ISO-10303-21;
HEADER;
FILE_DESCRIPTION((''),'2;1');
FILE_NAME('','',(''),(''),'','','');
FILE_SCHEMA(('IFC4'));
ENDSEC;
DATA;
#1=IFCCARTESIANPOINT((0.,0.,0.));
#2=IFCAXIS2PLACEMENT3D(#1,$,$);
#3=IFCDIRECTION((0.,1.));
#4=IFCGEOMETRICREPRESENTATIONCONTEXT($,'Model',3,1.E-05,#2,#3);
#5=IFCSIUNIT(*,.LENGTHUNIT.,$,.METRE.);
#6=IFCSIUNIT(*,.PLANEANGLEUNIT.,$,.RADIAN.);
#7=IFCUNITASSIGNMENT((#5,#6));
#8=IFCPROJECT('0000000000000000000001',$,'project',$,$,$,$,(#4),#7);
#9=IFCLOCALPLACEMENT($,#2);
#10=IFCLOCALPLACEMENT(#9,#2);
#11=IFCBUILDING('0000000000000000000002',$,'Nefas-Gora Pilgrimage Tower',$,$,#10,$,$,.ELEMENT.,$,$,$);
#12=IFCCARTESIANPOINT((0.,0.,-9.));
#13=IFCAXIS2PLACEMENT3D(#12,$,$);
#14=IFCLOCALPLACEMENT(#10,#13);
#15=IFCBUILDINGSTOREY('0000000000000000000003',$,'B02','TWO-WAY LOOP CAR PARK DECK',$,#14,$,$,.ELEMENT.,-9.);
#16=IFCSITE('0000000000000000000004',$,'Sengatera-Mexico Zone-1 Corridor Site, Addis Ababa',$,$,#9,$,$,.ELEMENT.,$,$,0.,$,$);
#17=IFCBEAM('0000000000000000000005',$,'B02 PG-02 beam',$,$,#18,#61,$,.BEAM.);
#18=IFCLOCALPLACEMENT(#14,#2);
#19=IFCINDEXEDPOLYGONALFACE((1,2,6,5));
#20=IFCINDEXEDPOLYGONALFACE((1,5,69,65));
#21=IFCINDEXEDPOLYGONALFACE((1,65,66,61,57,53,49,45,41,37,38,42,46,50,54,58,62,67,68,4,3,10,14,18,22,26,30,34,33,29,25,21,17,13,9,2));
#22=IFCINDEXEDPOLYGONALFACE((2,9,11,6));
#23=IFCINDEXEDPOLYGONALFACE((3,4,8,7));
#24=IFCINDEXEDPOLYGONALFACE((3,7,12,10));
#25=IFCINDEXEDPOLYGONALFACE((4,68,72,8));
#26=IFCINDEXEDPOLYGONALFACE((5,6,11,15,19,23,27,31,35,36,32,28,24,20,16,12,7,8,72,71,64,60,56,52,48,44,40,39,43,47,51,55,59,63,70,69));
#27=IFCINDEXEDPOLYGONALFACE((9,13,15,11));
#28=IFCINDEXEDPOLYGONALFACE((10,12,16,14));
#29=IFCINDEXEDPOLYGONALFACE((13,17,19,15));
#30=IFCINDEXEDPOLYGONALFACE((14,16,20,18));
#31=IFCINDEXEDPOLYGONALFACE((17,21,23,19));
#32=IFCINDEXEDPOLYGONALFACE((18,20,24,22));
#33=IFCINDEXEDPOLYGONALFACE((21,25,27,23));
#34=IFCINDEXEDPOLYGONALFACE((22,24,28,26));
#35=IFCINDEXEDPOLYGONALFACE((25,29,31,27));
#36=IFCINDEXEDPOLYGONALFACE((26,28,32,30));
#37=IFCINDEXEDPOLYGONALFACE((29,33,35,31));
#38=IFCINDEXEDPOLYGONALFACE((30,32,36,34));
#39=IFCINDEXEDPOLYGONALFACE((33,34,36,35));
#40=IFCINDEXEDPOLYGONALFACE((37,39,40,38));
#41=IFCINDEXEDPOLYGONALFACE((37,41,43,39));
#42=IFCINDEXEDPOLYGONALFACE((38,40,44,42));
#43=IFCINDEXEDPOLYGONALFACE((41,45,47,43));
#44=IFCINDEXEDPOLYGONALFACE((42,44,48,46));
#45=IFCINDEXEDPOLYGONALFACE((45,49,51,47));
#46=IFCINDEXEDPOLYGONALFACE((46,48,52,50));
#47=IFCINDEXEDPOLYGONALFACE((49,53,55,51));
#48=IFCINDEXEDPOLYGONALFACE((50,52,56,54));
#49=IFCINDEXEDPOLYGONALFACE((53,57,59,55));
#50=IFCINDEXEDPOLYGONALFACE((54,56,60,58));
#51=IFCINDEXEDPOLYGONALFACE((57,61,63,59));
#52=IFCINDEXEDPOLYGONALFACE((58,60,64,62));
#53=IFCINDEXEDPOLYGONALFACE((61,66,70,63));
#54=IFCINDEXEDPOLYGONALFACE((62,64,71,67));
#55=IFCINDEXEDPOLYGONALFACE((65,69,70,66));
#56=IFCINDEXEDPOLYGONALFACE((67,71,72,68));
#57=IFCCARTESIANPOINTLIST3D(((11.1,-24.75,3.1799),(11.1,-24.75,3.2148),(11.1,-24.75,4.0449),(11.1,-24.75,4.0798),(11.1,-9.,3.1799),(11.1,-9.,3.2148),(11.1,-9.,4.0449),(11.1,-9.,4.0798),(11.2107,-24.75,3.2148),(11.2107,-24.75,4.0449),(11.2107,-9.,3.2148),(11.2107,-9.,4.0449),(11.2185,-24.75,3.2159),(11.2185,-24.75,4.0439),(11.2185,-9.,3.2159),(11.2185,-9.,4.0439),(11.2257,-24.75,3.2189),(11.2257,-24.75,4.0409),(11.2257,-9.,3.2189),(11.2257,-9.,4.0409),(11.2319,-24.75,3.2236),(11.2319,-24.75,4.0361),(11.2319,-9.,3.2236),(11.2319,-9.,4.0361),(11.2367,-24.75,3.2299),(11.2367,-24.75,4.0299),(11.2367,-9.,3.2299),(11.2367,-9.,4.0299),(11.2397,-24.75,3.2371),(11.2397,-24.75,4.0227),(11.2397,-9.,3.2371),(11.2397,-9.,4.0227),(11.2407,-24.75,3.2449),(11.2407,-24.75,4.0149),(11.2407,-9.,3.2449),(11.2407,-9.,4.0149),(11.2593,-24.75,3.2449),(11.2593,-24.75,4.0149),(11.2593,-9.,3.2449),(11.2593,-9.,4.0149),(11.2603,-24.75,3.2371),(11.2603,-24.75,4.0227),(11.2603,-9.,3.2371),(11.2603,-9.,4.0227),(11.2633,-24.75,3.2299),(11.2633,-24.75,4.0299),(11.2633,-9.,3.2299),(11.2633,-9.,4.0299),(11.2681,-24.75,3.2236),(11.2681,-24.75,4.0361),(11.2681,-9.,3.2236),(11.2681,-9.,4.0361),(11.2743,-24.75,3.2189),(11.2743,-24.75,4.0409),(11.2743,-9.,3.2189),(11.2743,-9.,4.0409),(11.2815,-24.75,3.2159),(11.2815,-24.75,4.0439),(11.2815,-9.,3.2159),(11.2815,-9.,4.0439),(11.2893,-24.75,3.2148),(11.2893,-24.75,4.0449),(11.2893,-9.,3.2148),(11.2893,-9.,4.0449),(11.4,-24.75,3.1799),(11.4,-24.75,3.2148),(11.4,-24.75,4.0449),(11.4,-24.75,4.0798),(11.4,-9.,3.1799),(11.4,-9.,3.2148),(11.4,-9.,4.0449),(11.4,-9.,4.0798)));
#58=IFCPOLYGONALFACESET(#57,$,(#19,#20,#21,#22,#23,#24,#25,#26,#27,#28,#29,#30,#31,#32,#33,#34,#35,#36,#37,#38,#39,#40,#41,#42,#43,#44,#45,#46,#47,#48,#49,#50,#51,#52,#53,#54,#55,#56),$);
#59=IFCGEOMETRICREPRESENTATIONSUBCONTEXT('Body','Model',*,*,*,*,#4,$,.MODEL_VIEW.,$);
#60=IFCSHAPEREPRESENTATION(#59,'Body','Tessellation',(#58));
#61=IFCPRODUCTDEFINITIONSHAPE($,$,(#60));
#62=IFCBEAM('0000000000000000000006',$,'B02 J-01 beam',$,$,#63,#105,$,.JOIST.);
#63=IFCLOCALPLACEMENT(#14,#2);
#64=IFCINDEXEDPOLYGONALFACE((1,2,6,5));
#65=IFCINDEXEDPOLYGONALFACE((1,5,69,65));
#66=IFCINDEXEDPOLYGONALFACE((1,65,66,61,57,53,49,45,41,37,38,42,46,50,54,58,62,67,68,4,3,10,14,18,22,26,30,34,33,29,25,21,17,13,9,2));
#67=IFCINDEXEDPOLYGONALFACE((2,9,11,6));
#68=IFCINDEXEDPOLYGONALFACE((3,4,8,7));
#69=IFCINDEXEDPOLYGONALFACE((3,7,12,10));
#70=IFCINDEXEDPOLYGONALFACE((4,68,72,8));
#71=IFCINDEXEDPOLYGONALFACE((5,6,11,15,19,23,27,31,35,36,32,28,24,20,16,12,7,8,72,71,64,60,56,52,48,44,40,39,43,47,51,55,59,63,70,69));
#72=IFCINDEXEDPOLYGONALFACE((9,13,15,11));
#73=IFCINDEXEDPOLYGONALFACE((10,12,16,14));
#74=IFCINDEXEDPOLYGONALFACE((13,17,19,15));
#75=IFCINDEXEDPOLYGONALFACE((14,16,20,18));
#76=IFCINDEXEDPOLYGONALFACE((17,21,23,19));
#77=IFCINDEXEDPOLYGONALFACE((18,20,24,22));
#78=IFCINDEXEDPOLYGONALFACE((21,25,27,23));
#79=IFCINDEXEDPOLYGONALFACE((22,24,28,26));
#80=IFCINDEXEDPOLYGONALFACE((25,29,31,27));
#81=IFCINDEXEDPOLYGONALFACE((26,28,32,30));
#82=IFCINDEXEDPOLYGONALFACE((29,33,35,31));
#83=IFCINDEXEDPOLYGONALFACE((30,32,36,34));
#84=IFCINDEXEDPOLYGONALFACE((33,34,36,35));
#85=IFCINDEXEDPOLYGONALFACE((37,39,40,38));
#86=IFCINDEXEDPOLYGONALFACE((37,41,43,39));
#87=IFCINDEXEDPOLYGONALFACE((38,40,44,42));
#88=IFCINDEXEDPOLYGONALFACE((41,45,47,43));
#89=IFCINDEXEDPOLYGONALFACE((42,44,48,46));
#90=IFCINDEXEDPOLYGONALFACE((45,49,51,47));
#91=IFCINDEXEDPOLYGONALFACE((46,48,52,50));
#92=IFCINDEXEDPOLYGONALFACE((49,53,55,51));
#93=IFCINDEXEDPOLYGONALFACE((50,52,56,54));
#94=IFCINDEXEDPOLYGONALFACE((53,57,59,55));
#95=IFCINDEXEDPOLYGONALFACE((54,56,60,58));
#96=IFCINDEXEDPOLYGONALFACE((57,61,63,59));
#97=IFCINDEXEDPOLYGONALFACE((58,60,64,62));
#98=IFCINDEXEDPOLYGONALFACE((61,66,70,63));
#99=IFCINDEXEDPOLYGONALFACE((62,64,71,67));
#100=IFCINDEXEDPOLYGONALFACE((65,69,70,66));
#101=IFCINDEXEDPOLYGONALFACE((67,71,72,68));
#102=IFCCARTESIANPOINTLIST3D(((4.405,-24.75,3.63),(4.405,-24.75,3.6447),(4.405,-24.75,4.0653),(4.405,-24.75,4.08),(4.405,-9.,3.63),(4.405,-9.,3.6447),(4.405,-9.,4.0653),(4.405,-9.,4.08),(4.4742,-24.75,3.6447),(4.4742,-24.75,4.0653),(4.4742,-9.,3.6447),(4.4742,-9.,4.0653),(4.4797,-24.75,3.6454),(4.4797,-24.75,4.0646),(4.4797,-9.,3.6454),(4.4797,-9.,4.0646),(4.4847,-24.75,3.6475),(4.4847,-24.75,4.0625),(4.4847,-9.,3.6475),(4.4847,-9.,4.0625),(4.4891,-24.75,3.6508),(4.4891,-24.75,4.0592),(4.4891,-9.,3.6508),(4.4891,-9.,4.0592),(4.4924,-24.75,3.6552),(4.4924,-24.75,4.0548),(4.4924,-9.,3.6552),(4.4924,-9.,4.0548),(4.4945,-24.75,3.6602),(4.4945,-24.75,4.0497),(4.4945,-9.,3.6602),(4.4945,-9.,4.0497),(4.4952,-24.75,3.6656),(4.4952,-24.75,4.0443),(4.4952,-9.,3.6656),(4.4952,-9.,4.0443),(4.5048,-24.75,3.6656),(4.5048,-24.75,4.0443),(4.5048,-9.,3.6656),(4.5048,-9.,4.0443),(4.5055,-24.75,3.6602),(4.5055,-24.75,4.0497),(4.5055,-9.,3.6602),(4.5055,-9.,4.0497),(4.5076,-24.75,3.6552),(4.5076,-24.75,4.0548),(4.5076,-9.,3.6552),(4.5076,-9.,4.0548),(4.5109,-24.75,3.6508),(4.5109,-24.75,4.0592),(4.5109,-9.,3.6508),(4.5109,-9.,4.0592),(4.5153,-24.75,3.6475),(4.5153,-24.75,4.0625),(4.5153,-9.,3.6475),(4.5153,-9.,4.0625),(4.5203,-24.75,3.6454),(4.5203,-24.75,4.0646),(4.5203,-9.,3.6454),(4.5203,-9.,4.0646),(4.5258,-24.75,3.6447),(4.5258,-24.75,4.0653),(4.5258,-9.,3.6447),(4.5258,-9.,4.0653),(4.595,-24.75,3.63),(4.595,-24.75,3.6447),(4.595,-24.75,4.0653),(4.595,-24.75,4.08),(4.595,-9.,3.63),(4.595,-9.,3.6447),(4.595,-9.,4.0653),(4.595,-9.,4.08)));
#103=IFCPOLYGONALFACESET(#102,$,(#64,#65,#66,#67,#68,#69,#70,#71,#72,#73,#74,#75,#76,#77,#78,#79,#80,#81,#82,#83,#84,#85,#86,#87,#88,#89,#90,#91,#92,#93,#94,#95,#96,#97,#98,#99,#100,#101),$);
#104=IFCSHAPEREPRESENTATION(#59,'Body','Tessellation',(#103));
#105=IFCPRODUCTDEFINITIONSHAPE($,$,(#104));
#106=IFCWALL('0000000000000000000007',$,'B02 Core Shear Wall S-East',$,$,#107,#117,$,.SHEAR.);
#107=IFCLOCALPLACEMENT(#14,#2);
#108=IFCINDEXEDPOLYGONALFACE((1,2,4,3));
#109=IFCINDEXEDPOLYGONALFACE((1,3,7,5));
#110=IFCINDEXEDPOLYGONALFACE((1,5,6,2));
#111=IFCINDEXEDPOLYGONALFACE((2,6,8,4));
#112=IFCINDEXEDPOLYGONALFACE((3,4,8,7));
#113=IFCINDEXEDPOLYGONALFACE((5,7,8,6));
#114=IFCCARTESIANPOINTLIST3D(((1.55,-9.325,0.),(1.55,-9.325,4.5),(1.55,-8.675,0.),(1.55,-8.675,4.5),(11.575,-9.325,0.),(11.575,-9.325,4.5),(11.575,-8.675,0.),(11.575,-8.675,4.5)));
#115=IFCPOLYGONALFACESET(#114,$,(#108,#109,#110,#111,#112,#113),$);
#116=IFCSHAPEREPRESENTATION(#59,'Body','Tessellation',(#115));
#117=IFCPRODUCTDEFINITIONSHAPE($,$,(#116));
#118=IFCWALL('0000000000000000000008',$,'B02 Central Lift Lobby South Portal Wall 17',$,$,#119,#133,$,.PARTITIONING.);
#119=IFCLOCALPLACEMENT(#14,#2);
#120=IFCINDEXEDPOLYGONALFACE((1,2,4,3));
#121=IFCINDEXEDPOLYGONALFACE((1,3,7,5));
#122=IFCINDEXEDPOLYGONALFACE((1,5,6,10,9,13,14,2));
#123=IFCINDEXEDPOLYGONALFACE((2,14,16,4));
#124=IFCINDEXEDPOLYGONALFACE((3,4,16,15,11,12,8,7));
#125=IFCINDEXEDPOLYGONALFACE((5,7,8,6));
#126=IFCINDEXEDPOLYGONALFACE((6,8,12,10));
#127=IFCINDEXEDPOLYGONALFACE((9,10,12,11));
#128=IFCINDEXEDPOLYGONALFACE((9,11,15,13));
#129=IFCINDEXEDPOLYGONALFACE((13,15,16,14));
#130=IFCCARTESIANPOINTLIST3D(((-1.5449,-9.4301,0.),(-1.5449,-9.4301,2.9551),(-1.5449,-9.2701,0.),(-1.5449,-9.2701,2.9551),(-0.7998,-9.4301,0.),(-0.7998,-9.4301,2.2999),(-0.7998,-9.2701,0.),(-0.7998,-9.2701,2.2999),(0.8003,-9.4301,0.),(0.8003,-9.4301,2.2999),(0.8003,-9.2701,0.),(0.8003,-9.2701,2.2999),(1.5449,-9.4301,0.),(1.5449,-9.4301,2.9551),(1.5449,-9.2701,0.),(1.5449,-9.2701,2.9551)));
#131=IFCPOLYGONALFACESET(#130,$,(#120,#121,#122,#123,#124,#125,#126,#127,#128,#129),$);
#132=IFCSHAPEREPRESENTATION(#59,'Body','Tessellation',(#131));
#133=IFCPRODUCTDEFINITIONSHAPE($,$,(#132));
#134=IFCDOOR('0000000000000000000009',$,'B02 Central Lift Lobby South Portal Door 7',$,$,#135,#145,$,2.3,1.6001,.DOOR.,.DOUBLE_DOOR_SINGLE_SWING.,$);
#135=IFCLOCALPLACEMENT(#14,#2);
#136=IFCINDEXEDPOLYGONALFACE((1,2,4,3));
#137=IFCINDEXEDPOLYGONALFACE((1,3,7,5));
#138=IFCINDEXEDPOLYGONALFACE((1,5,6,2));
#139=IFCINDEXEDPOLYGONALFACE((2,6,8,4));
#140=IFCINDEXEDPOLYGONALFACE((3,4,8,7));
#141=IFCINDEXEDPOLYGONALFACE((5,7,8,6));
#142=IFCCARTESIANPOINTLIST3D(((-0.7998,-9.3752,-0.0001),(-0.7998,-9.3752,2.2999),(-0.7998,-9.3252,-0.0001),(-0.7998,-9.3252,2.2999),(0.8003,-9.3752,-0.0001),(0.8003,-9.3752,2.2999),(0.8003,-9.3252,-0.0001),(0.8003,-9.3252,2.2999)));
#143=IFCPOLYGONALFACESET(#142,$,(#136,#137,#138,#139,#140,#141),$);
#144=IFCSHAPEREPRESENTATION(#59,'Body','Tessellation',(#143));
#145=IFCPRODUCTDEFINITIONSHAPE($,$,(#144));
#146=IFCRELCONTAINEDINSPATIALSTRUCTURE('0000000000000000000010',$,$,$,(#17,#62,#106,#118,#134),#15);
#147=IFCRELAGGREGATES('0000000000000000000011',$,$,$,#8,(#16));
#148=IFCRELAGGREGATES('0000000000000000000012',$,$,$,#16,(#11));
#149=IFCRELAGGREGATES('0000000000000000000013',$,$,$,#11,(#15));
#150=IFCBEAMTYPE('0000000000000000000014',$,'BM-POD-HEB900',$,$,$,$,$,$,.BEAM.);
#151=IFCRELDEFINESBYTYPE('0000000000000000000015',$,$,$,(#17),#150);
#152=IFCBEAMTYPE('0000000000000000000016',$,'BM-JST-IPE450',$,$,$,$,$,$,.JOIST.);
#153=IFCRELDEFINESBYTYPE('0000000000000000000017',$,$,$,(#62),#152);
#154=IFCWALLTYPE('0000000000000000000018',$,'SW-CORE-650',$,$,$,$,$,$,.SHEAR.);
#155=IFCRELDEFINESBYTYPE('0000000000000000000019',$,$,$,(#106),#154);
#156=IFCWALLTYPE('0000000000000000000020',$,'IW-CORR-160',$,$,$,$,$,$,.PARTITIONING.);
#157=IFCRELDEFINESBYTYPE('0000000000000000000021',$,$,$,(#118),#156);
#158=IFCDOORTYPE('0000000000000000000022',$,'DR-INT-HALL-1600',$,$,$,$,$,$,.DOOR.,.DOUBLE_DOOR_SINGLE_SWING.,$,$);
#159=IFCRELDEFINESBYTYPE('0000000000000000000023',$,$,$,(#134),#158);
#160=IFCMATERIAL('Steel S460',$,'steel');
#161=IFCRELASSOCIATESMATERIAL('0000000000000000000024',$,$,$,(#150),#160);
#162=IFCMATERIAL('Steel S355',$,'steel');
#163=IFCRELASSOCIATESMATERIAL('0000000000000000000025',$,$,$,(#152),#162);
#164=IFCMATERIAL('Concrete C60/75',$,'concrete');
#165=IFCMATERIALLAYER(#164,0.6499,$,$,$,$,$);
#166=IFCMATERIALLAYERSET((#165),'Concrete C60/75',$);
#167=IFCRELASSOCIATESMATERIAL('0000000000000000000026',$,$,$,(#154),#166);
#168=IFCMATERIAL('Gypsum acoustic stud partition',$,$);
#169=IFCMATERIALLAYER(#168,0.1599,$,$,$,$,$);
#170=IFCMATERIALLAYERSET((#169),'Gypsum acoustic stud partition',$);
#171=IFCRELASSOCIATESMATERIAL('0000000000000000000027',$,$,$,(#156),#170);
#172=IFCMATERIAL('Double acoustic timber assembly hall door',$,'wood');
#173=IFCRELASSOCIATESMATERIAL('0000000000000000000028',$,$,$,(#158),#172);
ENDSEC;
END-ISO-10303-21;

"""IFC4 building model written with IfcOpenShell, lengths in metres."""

from ifc_helpers import new_model, si_unit, direction, frame, frame_2d, origin, origin_2d, place, context, subcontext, project, spatial, rectangle, i_section, extrude, source, transform, mapped, material, layer, layer_set, material_profile, profile_set, type_object, element, fill, save


model = new_model("IFC4")

# Units and contexts
model_context = context("Model", 3, precision=1e-05, world=origin(), true_north=direction((0.0, 1.0)))
body_context = subcontext(model_context, "Body", "Model", "MODEL_VIEW")
ifc_project = project(units=[si_unit("LENGTHUNIT", "METRE"), si_unit("PLANEANGLEUNIT", "RADIAN")], contexts=[model_context])

# Site, building, storey
site_placement = place(None, origin())
site = spatial("IfcSite", under=ifc_project, at=site_placement, Name="Sengatera-Mexico Zone-1 Corridor Site, Addis Ababa", CompositionType="ELEMENT", RefElevation=0.0)
building_placement = place(site_placement, origin())
building = spatial("IfcBuilding", under=site, at=building_placement, Name="Nefas-Gora Pilgrimage Tower", CompositionType="ELEMENT")
storey_placement = place(building_placement, frame((0.0, 0.0, -9.0)))
storey = spatial("IfcBuildingStorey", under=building, at=storey_placement, Name="B02", Description="TWO-WAY LOOP CAR PARK DECK", CompositionType="ELEMENT", Elevation=-9.0)

# Shared definitions
ifc_material_1 = material(Name="Steel S460", Category="steel")
ifc_material_2 = material(Name="Concrete C60/75", Category="concrete")

# Beams
ifc_material_profile_1 = material_profile(ifc_material_1, i_section(OverallWidth=0.3, OverallDepth=0.8999, WebThickness=0.0186, FlangeThickness=0.0349, FilletRadius=0.03, at=origin_2d()), Name="HEB 900")
ifc_profile_set_1 = profile_set([ifc_material_profile_1], Name="Steel S460")
beam_type_1 = type_object("IfcBeamType", Name="BM-POD-HEB900", PredefinedType="BEAM", material=ifc_profile_set_1)
shared_shape_1 = source(origin(), body_context, "Body", "SweptSolid", [
    extrude(i_section(OverallWidth=0.3, OverallDepth=0.8999, WebThickness=0.0186, FlangeThickness=0.0349, FilletRadius=0.03, at=origin_2d()), origin(), (0.0, 0.0, 1.0), 15.75),
])
beam_1_placement = place(storey_placement, frame((11.25, -24.75, 3.6299), z_axis=(0.0, 1.0, 0.0), x_axis=(-1.0, 0.0, 0.0)))
element("IfcBeam", 1, at=beam_1_placement, inside=storey, type_object=beam_type_1, Name="B02 PG-02 beam", PredefinedType="BEAM", context=body_context, shape_type="MappedRepresentation", body=[
    mapped(shared_shape_1, transform((0.0, 0.0, 0.0), x_axis=(1.0, 0.0, 0.0), y_axis=(0.0, 1.0, 0.0), z_axis=(0.0, 0.0, 1.0), scale=1.0)),
])
ifc_material_3 = material(Name="Steel S355", Category="steel")
ifc_material_profile_2 = material_profile(ifc_material_3, i_section(OverallWidth=0.1899, OverallDepth=0.45, WebThickness=0.0095, FlangeThickness=0.0146, FilletRadius=0.021, at=origin_2d()), Name="IPE 450")
ifc_profile_set_2 = profile_set([ifc_material_profile_2], Name="Steel S355")
beam_type_2 = type_object("IfcBeamType", Name="BM-JST-IPE450", PredefinedType="JOIST", material=ifc_profile_set_2)
shared_shape_2 = source(origin(), body_context, "Body", "SweptSolid", [
    extrude(i_section(OverallWidth=0.1899, OverallDepth=0.45, WebThickness=0.0095, FlangeThickness=0.0146, FilletRadius=0.021, at=origin_2d()), origin(), (0.0, 0.0, 1.0), 15.75),
])
beam_2_placement = place(storey_placement, frame((4.5, -24.75, 3.855), z_axis=(0.0, 1.0, 0.0), x_axis=(-1.0, 0.0, 0.0)))
element("IfcBeam", 2, at=beam_2_placement, inside=storey, type_object=beam_type_2, Name="B02 J-01 beam", PredefinedType="JOIST", context=body_context, shape_type="MappedRepresentation", body=[
    mapped(shared_shape_2, transform((0.0, 0.0, 0.0), x_axis=(1.0, 0.0, 0.0), y_axis=(0.0, 1.0, 0.0), z_axis=(0.0, 0.0, 1.0), scale=1.0)),
])

# Wall
ifc_layer_1 = layer(ifc_material_2, 0.6499)
ifc_layer_set_1 = layer_set([ifc_layer_1], Name="Concrete C60/75")
wall_type_1 = type_object("IfcWallType", Name="SW-CORE-650", PredefinedType="SHEAR", material=ifc_layer_set_1)
shared_shape_3 = source(origin(), body_context, "Body", "SweptSolid", [
    extrude(rectangle(XDim=10.0249, YDim=0.6499, at=frame_2d((5.0125, 0.0))), origin(), (0.0, 0.0, 1.0), 4.5),
])
wall_1_placement = place(storey_placement, frame((1.55, -9.0, 0.0), z_axis=(0.0, 0.0, 1.0), x_axis=(1.0, 0.0, 0.0)))
element("IfcWall", 3, at=wall_1_placement, inside=storey, type_object=wall_type_1, Name="B02 Core Shear Wall S-East", PredefinedType="SHEAR", context=body_context, shape_type="MappedRepresentation", body=[
    mapped(shared_shape_3, transform((0.0, 0.0, 0.0), x_axis=(1.0, 0.0, 0.0), y_axis=(0.0, 1.0, 0.0), z_axis=(0.0, 0.0, 1.0), scale=1.0)),
])

# Wall, opening, door
ifc_material_4 = material(Name="Gypsum acoustic stud partition")
ifc_layer_2 = layer(ifc_material_4, 0.1599)
ifc_layer_set_2 = layer_set([ifc_layer_2], Name="Gypsum acoustic stud partition")
wall_type_2 = type_object("IfcWallType", Name="IW-CORR-160", PredefinedType="PARTITIONING", material=ifc_layer_set_2)
shared_shape_4 = source(origin(), body_context, "Body", "SweptSolid", [
    extrude(rectangle(XDim=3.0898, YDim=0.1599, at=frame_2d((1.5449, 0.0))), origin(), (0.0, 0.0, 1.0), 2.9551),
])
wall_2_placement = place(storey_placement, frame((-1.5449, -9.3501, 0.0), z_axis=(0.0, 0.0, 1.0), x_axis=(1.0, 0.0, 0.0)))
wall_2 = element("IfcWall", 4, at=wall_2_placement, inside=storey, type_object=wall_type_2, Name="B02 Central Lift Lobby South Portal Wall 17", PredefinedType="PARTITIONING", context=body_context, shape_type="MappedRepresentation", body=[
    mapped(shared_shape_4, transform((0.0, 0.0, 0.0), x_axis=(1.0, 0.0, 0.0), y_axis=(0.0, 1.0, 0.0), z_axis=(0.0, 0.0, 1.0), scale=1.0)),
])
opening_placement = place(wall_2_placement, frame((0.7451, 0.0, 0.0)))
opening = element("IfcOpeningElement", 5, at=opening_placement, cuts=wall_2, PredefinedType="OPENING", context=body_context, shape_type="SweptSolid", body=[
    extrude(rectangle(XDim=1.6001, YDim=2.3, at=frame_2d((0.8, 1.1499))), frame((0.0, 0.0898, 0.0), z_axis=(0.0, -1.0, 0.0), x_axis=(1.0, 0.0, 0.0)), (0.0, 0.0, 1.0), 0.1799),
])
ifc_material_5 = material(Name="Double acoustic timber assembly hall door", Category="wood")
door_type = type_object("IfcDoorType", Name="DR-INT-HALL-1600", OperationType="DOUBLE_DOOR_SINGLE_SWING", PredefinedType="DOOR", material=ifc_material_5)
shared_shape_5 = source(origin(), body_context, "Body", "SweptSolid", [
    extrude(rectangle(XDim=1.6001, YDim=2.3, at=frame_2d((0.8, 1.1499))), frame((0.0, 0.0249, 0.0), z_axis=(0.0, -1.0, 0.0), x_axis=(1.0, 0.0, 0.0)), (0.0, 0.0, 1.0), 0.05),
])
door_placement = place(opening_placement, origin())
door = element("IfcDoor", 6, at=door_placement, inside=storey, type_object=door_type, Name="B02 Central Lift Lobby South Portal Door 7", OperationType="DOUBLE_DOOR_SINGLE_SWING", OverallHeight=2.3, OverallWidth=1.6001, PredefinedType="DOOR", context=body_context, shape_type="MappedRepresentation", body=[
    mapped(shared_shape_5, transform((0.0, 0.0, 0.0), x_axis=(1.0, 0.0, 0.0), y_axis=(0.0, 1.0, 0.0), z_axis=(0.0, 0.0, 1.0), scale=1.0)),
])
fill(opening, door)

save(model, "model.ifc")
